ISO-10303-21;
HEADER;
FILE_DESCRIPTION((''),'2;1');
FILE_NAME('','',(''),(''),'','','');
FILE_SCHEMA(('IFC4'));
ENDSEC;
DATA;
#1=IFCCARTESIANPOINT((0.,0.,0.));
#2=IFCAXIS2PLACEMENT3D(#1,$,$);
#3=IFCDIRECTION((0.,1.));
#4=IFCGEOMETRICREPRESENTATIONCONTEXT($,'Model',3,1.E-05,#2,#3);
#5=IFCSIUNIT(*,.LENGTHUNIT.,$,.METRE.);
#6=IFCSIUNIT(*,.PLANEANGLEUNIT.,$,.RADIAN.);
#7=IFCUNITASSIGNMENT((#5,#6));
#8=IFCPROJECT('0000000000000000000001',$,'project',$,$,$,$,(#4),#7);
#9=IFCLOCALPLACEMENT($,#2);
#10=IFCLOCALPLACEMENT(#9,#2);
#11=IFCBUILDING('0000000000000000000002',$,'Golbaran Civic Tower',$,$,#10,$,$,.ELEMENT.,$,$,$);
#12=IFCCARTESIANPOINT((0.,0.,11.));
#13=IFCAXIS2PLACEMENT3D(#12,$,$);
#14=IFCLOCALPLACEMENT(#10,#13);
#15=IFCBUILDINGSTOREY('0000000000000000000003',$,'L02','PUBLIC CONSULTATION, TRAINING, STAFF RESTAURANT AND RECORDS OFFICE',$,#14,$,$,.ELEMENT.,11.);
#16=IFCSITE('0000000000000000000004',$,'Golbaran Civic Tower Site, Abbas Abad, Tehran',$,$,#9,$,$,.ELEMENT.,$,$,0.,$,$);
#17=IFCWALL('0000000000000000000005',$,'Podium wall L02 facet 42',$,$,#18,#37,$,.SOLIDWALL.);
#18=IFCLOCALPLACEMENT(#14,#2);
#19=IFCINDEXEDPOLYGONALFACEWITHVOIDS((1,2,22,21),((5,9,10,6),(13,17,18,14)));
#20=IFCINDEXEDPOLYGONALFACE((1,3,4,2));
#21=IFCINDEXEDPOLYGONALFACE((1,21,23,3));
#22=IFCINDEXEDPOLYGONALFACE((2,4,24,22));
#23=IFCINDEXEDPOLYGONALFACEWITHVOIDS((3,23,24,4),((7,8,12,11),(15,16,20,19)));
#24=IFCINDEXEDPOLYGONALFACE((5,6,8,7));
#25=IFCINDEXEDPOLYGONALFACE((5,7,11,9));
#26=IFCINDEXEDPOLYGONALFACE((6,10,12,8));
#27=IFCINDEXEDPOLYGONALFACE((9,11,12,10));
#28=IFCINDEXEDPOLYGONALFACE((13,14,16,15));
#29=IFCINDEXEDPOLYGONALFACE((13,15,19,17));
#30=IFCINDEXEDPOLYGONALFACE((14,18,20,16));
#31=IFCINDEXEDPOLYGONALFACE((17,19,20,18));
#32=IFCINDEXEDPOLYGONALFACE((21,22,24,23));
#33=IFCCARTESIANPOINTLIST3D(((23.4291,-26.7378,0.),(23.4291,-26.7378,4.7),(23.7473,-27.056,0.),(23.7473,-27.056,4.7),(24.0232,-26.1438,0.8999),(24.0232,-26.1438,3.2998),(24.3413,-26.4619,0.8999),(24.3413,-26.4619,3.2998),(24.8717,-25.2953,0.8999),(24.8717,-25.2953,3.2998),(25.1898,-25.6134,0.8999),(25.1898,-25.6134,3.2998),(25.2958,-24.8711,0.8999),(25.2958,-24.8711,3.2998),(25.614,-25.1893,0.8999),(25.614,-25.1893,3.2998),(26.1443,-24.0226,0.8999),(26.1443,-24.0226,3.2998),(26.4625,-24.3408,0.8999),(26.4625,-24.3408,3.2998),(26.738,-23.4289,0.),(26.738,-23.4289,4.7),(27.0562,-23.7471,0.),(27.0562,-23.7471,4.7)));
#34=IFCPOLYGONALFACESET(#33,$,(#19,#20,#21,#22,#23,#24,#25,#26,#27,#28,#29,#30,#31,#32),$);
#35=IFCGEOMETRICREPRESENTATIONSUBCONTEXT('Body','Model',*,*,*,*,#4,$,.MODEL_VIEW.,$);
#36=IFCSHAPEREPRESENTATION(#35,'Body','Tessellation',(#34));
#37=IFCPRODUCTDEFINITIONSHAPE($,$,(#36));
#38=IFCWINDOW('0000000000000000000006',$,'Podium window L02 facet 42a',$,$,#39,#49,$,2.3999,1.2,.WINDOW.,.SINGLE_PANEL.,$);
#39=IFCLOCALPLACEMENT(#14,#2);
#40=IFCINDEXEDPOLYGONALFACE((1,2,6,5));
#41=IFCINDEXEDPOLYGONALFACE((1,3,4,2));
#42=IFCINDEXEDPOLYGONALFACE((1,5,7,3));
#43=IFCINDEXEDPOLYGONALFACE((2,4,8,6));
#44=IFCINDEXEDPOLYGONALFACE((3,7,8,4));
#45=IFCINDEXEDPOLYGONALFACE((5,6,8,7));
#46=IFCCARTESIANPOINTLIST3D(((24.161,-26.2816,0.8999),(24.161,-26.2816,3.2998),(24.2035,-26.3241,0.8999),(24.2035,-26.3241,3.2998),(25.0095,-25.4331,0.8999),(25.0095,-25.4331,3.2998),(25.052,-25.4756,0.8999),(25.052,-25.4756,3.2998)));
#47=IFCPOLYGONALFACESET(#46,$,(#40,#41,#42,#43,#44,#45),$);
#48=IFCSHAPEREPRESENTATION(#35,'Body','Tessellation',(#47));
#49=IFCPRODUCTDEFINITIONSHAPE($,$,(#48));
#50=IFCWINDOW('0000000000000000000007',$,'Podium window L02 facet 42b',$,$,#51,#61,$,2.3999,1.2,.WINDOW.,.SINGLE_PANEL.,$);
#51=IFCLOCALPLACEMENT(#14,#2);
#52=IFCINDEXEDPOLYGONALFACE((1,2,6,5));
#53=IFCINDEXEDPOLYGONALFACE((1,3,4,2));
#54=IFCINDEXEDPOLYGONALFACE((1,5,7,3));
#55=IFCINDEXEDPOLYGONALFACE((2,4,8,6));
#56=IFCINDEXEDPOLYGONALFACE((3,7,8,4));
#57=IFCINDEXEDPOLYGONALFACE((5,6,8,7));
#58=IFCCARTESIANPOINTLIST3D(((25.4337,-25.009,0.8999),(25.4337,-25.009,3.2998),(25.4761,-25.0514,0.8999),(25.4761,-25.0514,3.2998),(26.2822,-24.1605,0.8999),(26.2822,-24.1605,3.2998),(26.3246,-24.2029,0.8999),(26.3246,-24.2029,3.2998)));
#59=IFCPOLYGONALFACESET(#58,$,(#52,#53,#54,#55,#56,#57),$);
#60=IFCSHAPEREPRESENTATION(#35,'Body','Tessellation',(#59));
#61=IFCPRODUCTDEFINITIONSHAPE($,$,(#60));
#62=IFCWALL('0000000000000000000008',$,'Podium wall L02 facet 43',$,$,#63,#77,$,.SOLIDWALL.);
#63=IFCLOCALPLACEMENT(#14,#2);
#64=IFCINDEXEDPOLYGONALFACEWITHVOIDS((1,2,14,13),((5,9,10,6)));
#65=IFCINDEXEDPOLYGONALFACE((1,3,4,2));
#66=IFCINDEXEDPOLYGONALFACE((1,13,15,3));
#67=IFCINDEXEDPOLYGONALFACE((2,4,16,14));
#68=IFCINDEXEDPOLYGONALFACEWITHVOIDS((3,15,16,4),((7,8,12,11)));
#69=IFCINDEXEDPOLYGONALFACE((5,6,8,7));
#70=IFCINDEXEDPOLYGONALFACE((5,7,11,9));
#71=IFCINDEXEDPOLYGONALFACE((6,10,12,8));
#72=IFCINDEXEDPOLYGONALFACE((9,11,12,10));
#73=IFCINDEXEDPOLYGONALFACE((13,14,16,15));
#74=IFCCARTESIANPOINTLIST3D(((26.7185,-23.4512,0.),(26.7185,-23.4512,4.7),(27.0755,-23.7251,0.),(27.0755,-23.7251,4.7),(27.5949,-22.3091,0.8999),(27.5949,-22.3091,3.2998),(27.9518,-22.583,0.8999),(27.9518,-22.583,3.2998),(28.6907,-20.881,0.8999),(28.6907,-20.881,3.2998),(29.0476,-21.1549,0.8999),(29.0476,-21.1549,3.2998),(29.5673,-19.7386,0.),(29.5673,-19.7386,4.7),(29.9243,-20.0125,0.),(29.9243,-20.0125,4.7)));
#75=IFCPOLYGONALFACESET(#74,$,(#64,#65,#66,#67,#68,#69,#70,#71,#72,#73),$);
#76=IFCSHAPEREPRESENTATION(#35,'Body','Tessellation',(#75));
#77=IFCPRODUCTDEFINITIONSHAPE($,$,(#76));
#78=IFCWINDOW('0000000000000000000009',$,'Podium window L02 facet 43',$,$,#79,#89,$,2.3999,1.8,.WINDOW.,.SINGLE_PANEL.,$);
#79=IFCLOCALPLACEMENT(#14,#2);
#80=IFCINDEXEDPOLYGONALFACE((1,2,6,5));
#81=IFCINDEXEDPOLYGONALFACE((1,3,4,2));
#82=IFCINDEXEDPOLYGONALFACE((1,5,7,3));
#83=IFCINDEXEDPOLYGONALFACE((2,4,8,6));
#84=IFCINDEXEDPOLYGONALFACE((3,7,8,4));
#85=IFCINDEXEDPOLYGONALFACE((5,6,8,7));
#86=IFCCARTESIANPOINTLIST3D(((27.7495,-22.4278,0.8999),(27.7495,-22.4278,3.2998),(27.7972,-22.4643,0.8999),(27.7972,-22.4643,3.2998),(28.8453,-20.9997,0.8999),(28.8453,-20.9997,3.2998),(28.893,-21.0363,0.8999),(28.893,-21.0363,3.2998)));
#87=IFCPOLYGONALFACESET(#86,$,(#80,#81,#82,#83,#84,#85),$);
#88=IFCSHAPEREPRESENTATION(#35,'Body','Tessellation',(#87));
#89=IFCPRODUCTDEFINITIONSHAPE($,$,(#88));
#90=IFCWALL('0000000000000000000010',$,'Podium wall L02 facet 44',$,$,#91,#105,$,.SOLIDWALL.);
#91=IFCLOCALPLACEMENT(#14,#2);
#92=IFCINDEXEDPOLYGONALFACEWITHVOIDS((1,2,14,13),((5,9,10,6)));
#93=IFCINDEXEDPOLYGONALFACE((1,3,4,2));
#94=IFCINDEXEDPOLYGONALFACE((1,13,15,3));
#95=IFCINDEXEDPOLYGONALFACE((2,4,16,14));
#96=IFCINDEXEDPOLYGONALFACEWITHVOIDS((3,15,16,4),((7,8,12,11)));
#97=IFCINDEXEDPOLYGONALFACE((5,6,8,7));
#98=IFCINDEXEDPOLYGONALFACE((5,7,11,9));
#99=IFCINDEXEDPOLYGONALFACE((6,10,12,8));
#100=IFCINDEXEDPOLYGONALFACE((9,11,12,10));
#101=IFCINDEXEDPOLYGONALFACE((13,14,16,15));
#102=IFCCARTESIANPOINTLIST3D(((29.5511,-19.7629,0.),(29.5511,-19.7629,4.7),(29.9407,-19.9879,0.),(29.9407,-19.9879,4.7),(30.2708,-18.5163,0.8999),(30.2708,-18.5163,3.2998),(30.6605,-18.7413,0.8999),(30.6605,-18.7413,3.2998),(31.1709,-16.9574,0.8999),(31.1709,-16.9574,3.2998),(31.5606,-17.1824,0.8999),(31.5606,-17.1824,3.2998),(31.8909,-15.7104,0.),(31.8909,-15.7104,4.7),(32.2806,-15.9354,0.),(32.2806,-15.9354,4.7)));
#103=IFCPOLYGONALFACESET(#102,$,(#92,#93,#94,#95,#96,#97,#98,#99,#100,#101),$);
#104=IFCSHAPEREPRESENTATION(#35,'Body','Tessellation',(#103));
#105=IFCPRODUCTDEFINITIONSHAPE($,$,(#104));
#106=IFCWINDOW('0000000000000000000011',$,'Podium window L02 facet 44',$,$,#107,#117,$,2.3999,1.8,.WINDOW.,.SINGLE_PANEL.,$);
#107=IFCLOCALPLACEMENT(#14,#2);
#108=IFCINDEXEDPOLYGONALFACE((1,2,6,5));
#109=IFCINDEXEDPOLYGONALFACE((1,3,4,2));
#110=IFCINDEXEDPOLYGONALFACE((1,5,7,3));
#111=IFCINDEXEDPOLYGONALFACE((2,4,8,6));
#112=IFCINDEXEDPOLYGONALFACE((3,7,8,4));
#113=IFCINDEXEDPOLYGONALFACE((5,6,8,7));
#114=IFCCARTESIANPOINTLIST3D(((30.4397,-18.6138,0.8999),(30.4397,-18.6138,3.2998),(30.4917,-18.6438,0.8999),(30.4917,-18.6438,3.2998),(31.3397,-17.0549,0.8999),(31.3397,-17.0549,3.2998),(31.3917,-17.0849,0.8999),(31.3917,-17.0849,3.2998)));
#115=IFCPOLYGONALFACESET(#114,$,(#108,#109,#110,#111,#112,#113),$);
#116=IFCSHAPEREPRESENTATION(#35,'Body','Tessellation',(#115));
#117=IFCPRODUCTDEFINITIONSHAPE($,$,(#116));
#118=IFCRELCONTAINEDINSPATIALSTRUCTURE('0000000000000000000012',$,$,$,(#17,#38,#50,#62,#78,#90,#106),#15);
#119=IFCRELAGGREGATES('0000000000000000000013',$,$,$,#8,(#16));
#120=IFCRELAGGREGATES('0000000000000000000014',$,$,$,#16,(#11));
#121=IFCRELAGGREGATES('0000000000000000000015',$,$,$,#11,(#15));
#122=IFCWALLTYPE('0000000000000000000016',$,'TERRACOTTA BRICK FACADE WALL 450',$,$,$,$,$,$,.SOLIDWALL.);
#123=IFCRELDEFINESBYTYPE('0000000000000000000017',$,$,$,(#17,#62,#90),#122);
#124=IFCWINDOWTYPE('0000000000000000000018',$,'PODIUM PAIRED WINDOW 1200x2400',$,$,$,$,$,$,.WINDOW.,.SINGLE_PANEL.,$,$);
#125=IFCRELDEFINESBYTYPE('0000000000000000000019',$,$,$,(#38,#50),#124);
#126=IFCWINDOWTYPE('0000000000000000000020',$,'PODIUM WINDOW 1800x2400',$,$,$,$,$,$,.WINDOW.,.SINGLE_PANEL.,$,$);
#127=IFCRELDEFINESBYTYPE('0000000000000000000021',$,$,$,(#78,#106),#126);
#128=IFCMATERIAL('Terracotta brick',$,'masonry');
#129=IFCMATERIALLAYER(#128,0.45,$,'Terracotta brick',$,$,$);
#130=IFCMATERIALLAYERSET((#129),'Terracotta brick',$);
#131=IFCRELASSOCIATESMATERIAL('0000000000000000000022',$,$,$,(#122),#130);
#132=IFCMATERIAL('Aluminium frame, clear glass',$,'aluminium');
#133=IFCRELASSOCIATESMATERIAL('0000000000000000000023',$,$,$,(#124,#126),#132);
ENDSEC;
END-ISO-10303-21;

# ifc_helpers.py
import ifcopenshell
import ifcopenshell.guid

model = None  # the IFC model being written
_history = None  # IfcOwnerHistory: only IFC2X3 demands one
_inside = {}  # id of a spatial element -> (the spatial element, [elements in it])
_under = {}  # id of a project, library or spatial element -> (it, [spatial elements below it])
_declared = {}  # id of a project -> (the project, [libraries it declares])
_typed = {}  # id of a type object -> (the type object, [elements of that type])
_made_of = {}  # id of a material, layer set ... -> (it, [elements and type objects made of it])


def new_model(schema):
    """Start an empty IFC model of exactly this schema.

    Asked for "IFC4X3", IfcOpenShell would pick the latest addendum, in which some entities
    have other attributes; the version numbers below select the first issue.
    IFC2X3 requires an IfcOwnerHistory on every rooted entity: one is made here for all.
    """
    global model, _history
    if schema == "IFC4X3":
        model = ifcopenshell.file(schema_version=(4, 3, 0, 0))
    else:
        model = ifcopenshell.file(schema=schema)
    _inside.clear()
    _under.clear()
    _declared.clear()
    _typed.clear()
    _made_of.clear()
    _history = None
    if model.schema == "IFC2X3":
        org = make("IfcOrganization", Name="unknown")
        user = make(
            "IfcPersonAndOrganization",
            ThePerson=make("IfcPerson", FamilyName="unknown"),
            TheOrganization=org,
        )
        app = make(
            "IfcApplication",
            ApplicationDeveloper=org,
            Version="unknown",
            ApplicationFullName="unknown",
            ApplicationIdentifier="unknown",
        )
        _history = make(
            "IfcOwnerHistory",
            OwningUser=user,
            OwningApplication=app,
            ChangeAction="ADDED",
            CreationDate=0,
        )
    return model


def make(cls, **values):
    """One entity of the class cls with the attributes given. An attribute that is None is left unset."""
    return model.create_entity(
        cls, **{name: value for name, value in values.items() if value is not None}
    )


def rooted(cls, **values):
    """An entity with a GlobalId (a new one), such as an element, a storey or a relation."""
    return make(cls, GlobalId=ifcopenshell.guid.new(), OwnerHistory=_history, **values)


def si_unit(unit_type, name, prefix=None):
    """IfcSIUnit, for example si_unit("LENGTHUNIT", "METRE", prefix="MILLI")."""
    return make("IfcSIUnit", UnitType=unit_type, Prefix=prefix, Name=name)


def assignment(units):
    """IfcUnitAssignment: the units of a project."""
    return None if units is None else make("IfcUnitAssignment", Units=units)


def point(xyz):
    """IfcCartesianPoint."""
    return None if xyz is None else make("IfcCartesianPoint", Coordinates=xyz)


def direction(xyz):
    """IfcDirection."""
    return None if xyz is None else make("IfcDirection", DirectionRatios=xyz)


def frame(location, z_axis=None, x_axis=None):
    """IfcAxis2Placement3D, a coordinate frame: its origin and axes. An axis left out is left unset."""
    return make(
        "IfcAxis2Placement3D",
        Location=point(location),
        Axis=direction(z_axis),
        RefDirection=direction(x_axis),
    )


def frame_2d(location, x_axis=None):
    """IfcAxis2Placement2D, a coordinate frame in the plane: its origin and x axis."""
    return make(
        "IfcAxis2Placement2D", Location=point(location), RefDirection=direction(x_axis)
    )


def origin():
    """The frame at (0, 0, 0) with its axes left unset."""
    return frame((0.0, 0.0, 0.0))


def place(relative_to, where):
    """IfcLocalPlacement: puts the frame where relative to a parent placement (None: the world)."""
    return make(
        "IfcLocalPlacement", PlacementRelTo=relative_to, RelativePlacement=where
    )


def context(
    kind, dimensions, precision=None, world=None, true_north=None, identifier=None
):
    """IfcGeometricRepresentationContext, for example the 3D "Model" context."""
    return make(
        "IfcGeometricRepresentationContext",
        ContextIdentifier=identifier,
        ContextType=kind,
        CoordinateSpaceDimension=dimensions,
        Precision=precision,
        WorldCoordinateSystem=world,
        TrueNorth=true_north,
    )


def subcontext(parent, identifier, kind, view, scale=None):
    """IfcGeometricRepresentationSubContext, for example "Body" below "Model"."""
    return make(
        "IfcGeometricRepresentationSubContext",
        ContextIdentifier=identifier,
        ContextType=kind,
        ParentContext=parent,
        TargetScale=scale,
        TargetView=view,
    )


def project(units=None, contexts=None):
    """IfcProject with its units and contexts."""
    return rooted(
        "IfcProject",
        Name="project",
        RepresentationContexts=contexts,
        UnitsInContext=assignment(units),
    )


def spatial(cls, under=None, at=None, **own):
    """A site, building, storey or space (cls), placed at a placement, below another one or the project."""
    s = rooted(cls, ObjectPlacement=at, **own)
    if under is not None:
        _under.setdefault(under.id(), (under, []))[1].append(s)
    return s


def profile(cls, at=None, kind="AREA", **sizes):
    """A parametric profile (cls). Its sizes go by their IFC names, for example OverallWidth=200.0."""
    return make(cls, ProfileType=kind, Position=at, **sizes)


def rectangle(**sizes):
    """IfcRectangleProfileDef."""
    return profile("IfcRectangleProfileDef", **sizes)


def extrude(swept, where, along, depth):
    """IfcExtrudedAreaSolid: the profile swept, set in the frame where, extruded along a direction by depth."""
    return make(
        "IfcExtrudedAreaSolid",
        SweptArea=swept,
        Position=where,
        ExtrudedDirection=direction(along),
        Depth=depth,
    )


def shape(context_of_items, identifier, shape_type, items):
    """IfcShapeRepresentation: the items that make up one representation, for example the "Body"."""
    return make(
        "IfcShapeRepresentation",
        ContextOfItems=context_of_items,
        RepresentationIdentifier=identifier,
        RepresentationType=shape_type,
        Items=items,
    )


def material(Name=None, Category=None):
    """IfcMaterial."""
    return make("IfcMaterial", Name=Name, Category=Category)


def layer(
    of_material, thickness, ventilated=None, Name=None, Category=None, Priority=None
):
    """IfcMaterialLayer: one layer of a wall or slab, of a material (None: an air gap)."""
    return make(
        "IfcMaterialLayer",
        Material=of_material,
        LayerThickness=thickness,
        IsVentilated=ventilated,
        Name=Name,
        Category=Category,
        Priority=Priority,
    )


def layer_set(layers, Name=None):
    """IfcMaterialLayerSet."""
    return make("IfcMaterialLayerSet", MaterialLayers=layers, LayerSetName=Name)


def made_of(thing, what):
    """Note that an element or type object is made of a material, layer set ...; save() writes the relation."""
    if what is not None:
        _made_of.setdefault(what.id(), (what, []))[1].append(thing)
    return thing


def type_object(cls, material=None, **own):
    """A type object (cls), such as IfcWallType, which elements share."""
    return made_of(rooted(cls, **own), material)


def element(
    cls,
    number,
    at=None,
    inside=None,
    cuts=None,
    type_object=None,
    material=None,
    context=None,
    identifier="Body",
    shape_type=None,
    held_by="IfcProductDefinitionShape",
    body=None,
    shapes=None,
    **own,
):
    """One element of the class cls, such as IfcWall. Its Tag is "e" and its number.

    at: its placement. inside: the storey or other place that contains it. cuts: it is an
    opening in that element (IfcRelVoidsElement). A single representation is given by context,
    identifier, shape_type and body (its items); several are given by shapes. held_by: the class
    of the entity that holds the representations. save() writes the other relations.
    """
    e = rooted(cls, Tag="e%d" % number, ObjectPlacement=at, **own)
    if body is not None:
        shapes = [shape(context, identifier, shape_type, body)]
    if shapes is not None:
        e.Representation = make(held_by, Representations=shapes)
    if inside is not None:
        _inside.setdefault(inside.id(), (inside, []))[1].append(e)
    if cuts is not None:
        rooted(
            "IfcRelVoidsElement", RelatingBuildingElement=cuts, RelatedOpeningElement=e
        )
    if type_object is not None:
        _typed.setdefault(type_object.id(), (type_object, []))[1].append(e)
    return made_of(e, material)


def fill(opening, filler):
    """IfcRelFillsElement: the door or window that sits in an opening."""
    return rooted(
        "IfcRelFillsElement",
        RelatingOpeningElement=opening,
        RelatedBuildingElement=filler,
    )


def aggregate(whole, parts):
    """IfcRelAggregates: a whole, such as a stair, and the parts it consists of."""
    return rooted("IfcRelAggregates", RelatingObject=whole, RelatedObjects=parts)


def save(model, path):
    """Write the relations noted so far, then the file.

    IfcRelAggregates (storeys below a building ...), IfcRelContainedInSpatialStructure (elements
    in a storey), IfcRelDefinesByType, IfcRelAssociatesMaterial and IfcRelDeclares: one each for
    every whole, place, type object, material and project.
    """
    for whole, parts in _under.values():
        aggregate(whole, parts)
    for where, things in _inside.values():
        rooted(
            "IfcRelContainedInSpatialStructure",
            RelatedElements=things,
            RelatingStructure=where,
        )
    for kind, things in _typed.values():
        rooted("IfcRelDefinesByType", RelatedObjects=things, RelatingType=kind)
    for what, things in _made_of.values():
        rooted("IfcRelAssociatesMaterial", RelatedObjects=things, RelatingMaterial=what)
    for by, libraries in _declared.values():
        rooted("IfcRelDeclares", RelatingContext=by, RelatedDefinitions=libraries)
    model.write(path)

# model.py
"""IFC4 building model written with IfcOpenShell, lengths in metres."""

from ifc_helpers import new_model, si_unit, direction, frame, frame_2d, origin, place, context, subcontext, project, spatial, rectangle, extrude, material, layer, layer_set, type_object, element, fill, save


model = new_model("IFC4")

# Units and contexts
model_context = context("Model", 3, precision=1e-05, world=origin(), true_north=direction((0.0, 1.0)))
body_context = subcontext(model_context, "Body", "Model", "MODEL_VIEW")
ifc_project = project(units=[si_unit("LENGTHUNIT", "METRE"), si_unit("PLANEANGLEUNIT", "RADIAN")], contexts=[model_context])

# Site, building, storey
site_placement = place(None, origin())
site = spatial("IfcSite", under=ifc_project, at=site_placement, Name="Golbaran Civic Tower Site, Abbas Abad, Tehran", CompositionType="ELEMENT", RefElevation=0.0)
building_placement = place(site_placement, origin())
building = spatial("IfcBuilding", under=site, at=building_placement, Name="Golbaran Civic Tower", CompositionType="ELEMENT")
storey_placement = place(building_placement, frame((0.0, 0.0, 11.0)))
storey = spatial("IfcBuildingStorey", under=building, at=storey_placement, Name="L02", Description="PUBLIC CONSULTATION, TRAINING, STAFF RESTAURANT AND RECORDS OFFICE", CompositionType="ELEMENT", Elevation=11.0)

# Wall, openings, windows
ifc_material_1 = material(Name="Terracotta brick", Category="masonry")
ifc_layer_1 = layer(ifc_material_1, 0.45, Name="Terracotta brick")
ifc_layer_set_1 = layer_set([ifc_layer_1], Name="Terracotta brick")
wall_type_1 = type_object("IfcWallType", Name="TERRACOTTA BRICK FACADE WALL 450", PredefinedType="SOLIDWALL", material=ifc_layer_set_1)
wall_1_placement = place(storey_placement, frame((23.5881, -26.897, 0.0), z_axis=(0.0, 0.0, 1.0), x_axis=(0.707107, 0.707107, 0.0)))
wall_1 = element("IfcWall", 1, at=wall_1_placement, inside=storey, type_object=wall_type_1, Name="Podium wall L02 facet 42", PredefinedType="SOLIDWALL", context=body_context, shape_type="SweptSolid", body=[
    extrude(rectangle(XDim=4.6794, YDim=0.45, at=frame_2d((2.3398, 0.0))), origin(), (0.0, 0.0, 1.0), 4.7),
])
opening_1_placement = place(wall_1_placement, frame((0.8401, 0.0, 0.8999)))
opening_1 = element("IfcOpeningElement", 2, at=opening_1_placement, cuts=wall_1, PredefinedType="OPENING", context=body_context, shape_type="SweptSolid", body=[
    extrude(rectangle(XDim=1.2, YDim=2.3999, at=frame_2d((0.6001, 1.2))), frame((0.0, 0.2349, 0.0), z_axis=(0.0, -1.0, 0.0), x_axis=(1.0, 0.0, 0.0)), (0.0, 0.0, 1.0), 0.47),
])
opening_2_placement = place(wall_1_placement, frame((2.6399, 0.0, 0.8999)))
opening_2 = element("IfcOpeningElement", 3, at=opening_2_placement, cuts=wall_1, PredefinedType="OPENING", context=body_context, shape_type="SweptSolid", body=[
    extrude(rectangle(XDim=1.2, YDim=2.3999, at=frame_2d((0.6001, 1.2))), frame((0.0, 0.2349, 0.0), z_axis=(0.0, -1.0, 0.0), x_axis=(1.0, 0.0, 0.0)), (0.0, 0.0, 1.0), 0.47),
])
ifc_material_2 = material(Name="Aluminium frame, clear glass", Category="aluminium")
window_type_1 = type_object("IfcWindowType", Name="PODIUM PAIRED WINDOW 1200x2400", PartitioningType="SINGLE_PANEL", PredefinedType="WINDOW", material=ifc_material_2)
window_1_placement = place(opening_1_placement, origin())
window_1 = element("IfcWindow", 4, at=window_1_placement, inside=storey, type_object=window_type_1, Name="Podium window L02 facet 42a", OverallHeight=2.3999, OverallWidth=1.2, PartitioningType="SINGLE_PANEL", PredefinedType="WINDOW", context=body_context, shape_type="SweptSolid", body=[
    extrude(rectangle(XDim=1.2, YDim=2.3999, at=frame_2d((0.6001, 1.2))), frame((0.0, 0.03, 0.0), z_axis=(0.0, -1.0, 0.0), x_axis=(1.0, 0.0, 0.0)), (0.0, 0.0, 1.0), 0.0601),
])
fill(opening_1, window_1)
window_2_placement = place(opening_2_placement, origin())
window_2 = element("IfcWindow", 5, at=window_2_placement, inside=storey, type_object=window_type_1, Name="Podium window L02 facet 42b", OverallHeight=2.3999, OverallWidth=1.2, PartitioningType="SINGLE_PANEL", PredefinedType="WINDOW", context=body_context, shape_type="SweptSolid", body=[
    extrude(rectangle(XDim=1.2, YDim=2.3999, at=frame_2d((0.6001, 1.2))), frame((0.0, 0.03, 0.0), z_axis=(0.0, -1.0, 0.0), x_axis=(1.0, 0.0, 0.0)), (0.0, 0.0, 1.0), 0.0601),
])
fill(opening_2, window_2)

# Walls, openings, windows
wall_2_placement = place(storey_placement, frame((26.897, -23.5881, 0.0), z_axis=(0.0, 0.0, 1.0), x_axis=(0.60877, 0.793347, 0.0)))
wall_2 = element("IfcWall", 6, at=wall_2_placement, inside=storey, type_object=wall_type_1, Name="Podium wall L02 facet 43", PredefinedType="SOLIDWALL", context=body_context, shape_type="SweptSolid", body=[
    extrude(rectangle(XDim=4.6797, YDim=0.45, at=frame_2d((2.3398, 0.0))), origin(), (0.0, 0.0, 1.0), 4.7),
])
opening_3_placement = place(wall_2_placement, frame((1.4397, 0.0, 0.8999)))
opening_3 = element("IfcOpeningElement", 7, at=opening_3_placement, cuts=wall_2, PredefinedType="OPENING", context=body_context, shape_type="SweptSolid", body=[
    extrude(rectangle(XDim=1.8, YDim=2.3999, at=frame_2d((0.8999, 1.2))), frame((0.0, 0.2349, 0.0), z_axis=(0.0, -1.0, 0.0), x_axis=(1.0, 0.0, 0.0)), (0.0, 0.0, 1.0), 0.47),
])
window_type_2 = type_object("IfcWindowType", Name="PODIUM WINDOW 1800x2400", PartitioningType="SINGLE_PANEL", PredefinedType="WINDOW", material=ifc_material_2)
window_3_placement = place(opening_3_placement, origin())
window_3 = element("IfcWindow", 8, at=window_3_placement, inside=storey, type_object=window_type_2, Name="Podium window L02 facet 43", OverallHeight=2.3999, OverallWidth=1.8, PartitioningType="SINGLE_PANEL", PredefinedType="WINDOW", context=body_context, shape_type="SweptSolid", body=[
    extrude(rectangle(XDim=1.8, YDim=2.3999, at=frame_2d((0.8999, 1.2))), frame((0.0, 0.03, 0.0), z_axis=(0.0, -1.0, 0.0), x_axis=(1.0, 0.0, 0.0)), (0.0, 0.0, 1.0), 0.0601),
])
fill(opening_3, window_3)
wall_3_placement = place(storey_placement, frame((29.7458, -19.8755, 0.0), z_axis=(0.0, 0.0, 1.0), x_axis=(0.500022, 0.866013, 0.0)))
wall_3 = element("IfcWall", 9, at=wall_3_placement, inside=storey, type_object=wall_type_1, Name="Podium wall L02 facet 44", PredefinedType="SOLIDWALL", context=body_context, shape_type="SweptSolid", body=[
    extrude(rectangle(XDim=4.6794, YDim=0.45, at=frame_2d((2.3398, 0.0))), origin(), (0.0, 0.0, 1.0), 4.7),
])
opening_4_placement = place(wall_3_placement, frame((1.4397, 0.0, 0.8999)))
opening_4 = element("IfcOpeningElement", 10, at=opening_4_placement, cuts=wall_3, PredefinedType="OPENING", context=body_context, shape_type="SweptSolid", body=[
    extrude(rectangle(XDim=1.8, YDim=2.3999, at=frame_2d((0.8999, 1.2))), frame((0.0, 0.2349, 0.0), z_axis=(0.0, -1.0, 0.0), x_axis=(1.0, 0.0, 0.0)), (0.0, 0.0, 1.0), 0.47),
])
window_4_placement = place(opening_4_placement, origin())
window_4 = element("IfcWindow", 11, at=window_4_placement, inside=storey, type_object=window_type_2, Name="Podium window L02 facet 44", OverallHeight=2.3999, OverallWidth=1.8, PartitioningType="SINGLE_PANEL", PredefinedType="WINDOW", context=body_context, shape_type="SweptSolid", body=[
    extrude(rectangle(XDim=1.8, YDim=2.3999, at=frame_2d((0.8999, 1.2))), frame((0.0, 0.03, 0.0), z_axis=(0.0, -1.0, 0.0), x_axis=(1.0, 0.0, 0.0)), (0.0, 0.0, 1.0), 0.0601),
])
fill(opening_4, window_4)

save(model, "model.ifc")
